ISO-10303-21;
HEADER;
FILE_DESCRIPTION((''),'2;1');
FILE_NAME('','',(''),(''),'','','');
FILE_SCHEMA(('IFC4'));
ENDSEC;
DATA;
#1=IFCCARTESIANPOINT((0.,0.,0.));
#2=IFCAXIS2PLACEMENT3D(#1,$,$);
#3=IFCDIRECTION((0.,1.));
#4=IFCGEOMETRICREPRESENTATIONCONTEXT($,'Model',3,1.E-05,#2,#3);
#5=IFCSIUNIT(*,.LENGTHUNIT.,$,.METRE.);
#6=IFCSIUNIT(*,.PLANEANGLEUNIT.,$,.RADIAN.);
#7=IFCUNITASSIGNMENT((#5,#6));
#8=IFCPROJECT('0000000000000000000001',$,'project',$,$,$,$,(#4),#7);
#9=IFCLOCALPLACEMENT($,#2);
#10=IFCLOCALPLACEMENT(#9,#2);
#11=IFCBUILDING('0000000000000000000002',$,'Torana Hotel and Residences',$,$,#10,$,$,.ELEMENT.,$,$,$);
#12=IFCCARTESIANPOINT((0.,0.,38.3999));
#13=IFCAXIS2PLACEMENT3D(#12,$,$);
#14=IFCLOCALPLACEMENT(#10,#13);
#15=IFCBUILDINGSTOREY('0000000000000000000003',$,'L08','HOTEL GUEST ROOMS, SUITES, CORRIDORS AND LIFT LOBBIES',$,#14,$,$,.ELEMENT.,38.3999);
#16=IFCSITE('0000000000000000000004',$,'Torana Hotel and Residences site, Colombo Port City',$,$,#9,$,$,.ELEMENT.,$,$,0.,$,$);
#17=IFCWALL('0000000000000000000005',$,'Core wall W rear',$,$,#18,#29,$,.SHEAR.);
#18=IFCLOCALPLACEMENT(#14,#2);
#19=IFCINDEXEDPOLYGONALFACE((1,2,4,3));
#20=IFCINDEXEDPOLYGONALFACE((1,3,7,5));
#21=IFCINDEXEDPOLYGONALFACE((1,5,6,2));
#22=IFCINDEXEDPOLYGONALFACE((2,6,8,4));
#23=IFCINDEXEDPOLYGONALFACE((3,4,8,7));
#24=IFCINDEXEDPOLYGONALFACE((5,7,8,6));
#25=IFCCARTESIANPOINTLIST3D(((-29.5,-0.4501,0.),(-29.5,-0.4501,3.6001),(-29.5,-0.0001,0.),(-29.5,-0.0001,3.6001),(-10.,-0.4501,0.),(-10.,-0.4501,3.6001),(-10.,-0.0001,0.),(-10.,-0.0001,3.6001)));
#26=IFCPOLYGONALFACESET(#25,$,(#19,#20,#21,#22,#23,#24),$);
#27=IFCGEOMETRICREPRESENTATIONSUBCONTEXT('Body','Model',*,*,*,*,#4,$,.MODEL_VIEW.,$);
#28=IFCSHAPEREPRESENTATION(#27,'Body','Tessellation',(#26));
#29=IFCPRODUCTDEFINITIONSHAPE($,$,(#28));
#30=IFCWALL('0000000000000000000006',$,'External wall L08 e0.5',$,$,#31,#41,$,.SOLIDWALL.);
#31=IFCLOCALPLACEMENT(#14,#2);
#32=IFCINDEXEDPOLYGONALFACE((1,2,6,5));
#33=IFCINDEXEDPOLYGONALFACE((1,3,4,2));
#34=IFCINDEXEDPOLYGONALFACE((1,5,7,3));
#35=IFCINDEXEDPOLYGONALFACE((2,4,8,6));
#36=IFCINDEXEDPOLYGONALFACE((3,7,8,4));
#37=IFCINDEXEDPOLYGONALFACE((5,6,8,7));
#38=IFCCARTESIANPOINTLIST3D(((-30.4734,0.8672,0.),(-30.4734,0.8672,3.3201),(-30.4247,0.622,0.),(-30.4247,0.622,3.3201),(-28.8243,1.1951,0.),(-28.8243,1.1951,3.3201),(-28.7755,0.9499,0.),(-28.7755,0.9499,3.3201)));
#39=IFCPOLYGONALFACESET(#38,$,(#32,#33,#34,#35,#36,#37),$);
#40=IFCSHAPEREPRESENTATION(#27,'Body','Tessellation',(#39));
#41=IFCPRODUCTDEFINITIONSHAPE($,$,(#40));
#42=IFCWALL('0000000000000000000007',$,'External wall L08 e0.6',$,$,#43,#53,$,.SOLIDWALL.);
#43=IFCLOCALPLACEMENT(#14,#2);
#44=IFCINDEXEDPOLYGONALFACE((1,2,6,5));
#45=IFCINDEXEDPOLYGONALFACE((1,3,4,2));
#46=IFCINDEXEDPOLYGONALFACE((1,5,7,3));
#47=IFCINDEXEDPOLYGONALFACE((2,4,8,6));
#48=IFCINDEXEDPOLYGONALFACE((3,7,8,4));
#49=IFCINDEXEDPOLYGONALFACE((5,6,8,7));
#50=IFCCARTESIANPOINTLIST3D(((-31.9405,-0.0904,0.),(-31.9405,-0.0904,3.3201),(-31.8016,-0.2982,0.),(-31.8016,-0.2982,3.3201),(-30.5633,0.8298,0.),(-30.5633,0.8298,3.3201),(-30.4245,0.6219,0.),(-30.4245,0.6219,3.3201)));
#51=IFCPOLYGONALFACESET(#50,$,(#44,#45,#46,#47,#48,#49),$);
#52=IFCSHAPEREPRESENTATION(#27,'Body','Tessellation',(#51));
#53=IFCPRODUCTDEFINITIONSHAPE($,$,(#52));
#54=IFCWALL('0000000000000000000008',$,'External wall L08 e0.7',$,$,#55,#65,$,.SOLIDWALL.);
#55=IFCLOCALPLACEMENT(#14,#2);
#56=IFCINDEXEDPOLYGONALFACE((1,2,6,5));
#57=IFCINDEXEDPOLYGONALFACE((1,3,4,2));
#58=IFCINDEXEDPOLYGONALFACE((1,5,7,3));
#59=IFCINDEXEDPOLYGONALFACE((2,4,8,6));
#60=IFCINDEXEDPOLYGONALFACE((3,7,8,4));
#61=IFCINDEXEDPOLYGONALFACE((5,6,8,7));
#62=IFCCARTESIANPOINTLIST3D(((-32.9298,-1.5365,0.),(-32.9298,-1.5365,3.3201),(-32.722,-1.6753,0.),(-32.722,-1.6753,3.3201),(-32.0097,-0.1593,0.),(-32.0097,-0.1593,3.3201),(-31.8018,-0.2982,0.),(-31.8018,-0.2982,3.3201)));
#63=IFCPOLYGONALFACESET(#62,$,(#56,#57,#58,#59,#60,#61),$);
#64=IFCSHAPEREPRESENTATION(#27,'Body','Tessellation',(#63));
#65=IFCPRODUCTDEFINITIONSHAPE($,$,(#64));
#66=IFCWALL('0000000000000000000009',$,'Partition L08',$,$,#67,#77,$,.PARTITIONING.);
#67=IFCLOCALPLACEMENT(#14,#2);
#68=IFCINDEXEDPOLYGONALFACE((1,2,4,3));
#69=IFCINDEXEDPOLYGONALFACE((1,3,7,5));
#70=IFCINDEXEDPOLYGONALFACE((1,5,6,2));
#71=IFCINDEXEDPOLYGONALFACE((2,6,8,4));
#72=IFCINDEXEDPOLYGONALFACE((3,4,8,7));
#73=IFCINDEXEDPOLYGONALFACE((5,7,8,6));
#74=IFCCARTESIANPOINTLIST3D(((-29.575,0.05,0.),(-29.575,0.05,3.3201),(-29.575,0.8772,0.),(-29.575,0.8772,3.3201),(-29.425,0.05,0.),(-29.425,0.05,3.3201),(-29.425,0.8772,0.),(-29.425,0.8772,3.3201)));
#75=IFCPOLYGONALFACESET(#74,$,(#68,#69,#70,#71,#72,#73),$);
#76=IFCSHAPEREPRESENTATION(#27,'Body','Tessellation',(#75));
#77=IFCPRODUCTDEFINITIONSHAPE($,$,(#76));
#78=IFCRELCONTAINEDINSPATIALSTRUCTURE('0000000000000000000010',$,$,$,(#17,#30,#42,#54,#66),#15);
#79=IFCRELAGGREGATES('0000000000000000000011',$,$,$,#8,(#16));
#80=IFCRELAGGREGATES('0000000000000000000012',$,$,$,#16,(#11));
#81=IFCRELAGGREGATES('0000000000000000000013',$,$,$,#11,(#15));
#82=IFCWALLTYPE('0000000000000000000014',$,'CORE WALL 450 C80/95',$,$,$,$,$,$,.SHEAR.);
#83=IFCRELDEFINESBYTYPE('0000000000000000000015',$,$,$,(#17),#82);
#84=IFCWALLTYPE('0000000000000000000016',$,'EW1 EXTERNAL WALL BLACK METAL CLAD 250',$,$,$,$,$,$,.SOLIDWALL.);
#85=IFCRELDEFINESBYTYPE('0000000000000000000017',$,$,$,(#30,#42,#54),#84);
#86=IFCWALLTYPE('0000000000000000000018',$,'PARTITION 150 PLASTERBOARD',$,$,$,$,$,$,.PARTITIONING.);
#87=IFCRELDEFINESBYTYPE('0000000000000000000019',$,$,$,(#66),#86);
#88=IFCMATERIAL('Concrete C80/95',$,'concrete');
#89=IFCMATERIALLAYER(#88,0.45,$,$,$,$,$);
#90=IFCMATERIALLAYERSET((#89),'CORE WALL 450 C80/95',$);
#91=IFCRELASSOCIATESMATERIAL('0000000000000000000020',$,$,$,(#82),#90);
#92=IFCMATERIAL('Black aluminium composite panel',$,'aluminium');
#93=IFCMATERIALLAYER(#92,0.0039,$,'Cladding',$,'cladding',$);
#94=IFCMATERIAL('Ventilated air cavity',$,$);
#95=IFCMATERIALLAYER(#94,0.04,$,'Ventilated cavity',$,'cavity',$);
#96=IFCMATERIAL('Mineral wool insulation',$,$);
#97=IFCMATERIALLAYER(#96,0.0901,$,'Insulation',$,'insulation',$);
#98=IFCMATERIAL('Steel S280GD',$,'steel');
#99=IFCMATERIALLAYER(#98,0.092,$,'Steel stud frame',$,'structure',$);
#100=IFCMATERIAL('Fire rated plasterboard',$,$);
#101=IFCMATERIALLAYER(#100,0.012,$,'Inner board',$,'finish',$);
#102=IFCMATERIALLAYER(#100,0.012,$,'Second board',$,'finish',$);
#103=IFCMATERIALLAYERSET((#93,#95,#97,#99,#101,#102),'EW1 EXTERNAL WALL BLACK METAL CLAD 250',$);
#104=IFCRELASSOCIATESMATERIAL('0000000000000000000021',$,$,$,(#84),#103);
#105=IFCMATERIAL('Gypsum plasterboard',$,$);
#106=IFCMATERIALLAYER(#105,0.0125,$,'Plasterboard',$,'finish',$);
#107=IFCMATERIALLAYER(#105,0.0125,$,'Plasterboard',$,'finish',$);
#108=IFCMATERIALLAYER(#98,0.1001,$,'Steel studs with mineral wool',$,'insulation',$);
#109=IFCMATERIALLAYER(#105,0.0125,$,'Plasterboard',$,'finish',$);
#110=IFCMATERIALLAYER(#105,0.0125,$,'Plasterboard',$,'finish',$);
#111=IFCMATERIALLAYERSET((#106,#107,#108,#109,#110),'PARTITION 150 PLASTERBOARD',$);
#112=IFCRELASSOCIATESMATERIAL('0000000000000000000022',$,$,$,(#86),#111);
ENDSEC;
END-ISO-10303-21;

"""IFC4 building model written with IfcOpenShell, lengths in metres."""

from ifc_helpers import new_model, si_unit, direction, frame, frame_2d, origin, place, context, subcontext, project, spatial, rectangle, extrude, material, layer, layer_set, type_object, element, save


model = new_model("IFC4")

# Units and contexts
model_context = context("Model", 3, precision=1e-05, world=origin(), true_north=direction((0.0, 1.0)))
body_context = subcontext(model_context, "Body", "Model", "MODEL_VIEW")
ifc_project = project(units=[si_unit("LENGTHUNIT", "METRE"), si_unit("PLANEANGLEUNIT", "RADIAN")], contexts=[model_context])

# Site, building, storey
site_placement = place(None, origin())
site = spatial("IfcSite", under=ifc_project, at=site_placement, Name="Torana Hotel and Residences site, Colombo Port City", CompositionType="ELEMENT", RefElevation=0.0)
building_placement = place(site_placement, origin())
building = spatial("IfcBuilding", under=site, at=building_placement, Name="Torana Hotel and Residences", CompositionType="ELEMENT")
storey_placement = place(building_placement, frame((0.0, 0.0, 38.3999)))
storey = spatial("IfcBuildingStorey", under=building, at=storey_placement, Name="L08", Description="HOTEL GUEST ROOMS, SUITES, CORRIDORS AND LIFT LOBBIES", CompositionType="ELEMENT", Elevation=38.3999)

# Walls
ifc_material_1 = material(Name="Concrete C80/95", Category="concrete")
ifc_layer_1 = layer(ifc_material_1, 0.45)
ifc_layer_set_1 = layer_set([ifc_layer_1], Name="CORE WALL 450 C80/95")
wall_type_1 = type_object("IfcWallType", Name="CORE WALL 450 C80/95", PredefinedType="SHEAR", material=ifc_layer_set_1)
wall_1_placement = place(storey_placement, frame((-29.5, -0.2251, 0.0), z_axis=(0.0, 0.0, 1.0), x_axis=(1.0, 0.0, 0.0)))
element("IfcWall", 1, at=wall_1_placement, inside=storey, type_object=wall_type_1, Name="Core wall W rear", PredefinedType="SHEAR", context=body_context, shape_type="SweptSolid", body=[
    extrude(rectangle(XDim=19.5, YDim=0.45, at=frame_2d((9.75, 0.0))), origin(), (0.0, 0.0, 1.0), 3.6001),
])
ifc_material_2 = material(Name="Black aluminium composite panel", Category="aluminium")
ifc_layer_2 = layer(ifc_material_2, 0.0039, Name="Cladding", Category="cladding")
ifc_material_3 = material(Name="Ventilated air cavity")
ifc_layer_3 = layer(ifc_material_3, 0.04, Name="Ventilated cavity", Category="cavity")
ifc_material_4 = material(Name="Mineral wool insulation")
ifc_layer_4 = layer(ifc_material_4, 0.0901, Name="Insulation", Category="insulation")
ifc_material_5 = material(Name="Steel S280GD", Category="steel")
ifc_layer_5 = layer(ifc_material_5, 0.092, Name="Steel stud frame", Category="structure")
ifc_material_6 = material(Name="Fire rated plasterboard")
ifc_layer_6 = layer(ifc_material_6, 0.012, Name="Inner board", Category="finish")
ifc_layer_7 = layer(ifc_material_6, 0.012, Name="Second board", Category="finish")
ifc_layer_set_2 = layer_set([ifc_layer_2, ifc_layer_3, ifc_layer_4, ifc_layer_5, ifc_layer_6, ifc_layer_7], Name="EW1 EXTERNAL WALL BLACK METAL CLAD 250")
wall_type_2 = type_object("IfcWallType", Name="EW1 EXTERNAL WALL BLACK METAL CLAD 250", PredefinedType="SOLIDWALL", material=ifc_layer_set_2)
wall_2_placement = place(storey_placement, frame((-28.7998, 1.0725, 0.0), z_axis=(0.0, 0.0, 1.0), x_axis=(-0.980803, -0.194999, 0.0)))
element("IfcWall", 2, at=wall_2_placement, inside=storey, type_object=wall_type_2, Name="External wall L08 e0.5", PredefinedType="SOLIDWALL", context=body_context, shape_type="SweptSolid", body=[
    extrude(rectangle(XDim=1.6814, YDim=0.25, at=frame_2d((0.8408, 0.0))), origin(), (0.0, 0.0, 1.0), 3.3201),
])
for number, where, z_axis, x_axis, name in (
    (3, (-30.4939, 0.7258, 0.0), (0.0, 0.0, 1.0), (-0.831483, -0.55555, 0.0), "External wall L08 e0.6"),
    (4, (-31.9058, -0.2288, 0.0), (0.0, 0.0, 1.0), (-0.55555, -0.831483, 0.0), "External wall L08 e0.7"),
):
    element("IfcWall", number, at=place(storey_placement, frame(where, z_axis=z_axis, x_axis=x_axis)), inside=storey, type_object=wall_type_2, Name=name, PredefinedType="SOLIDWALL", context=body_context, shape_type="SweptSolid", body=[
        extrude(rectangle(XDim=1.6562, YDim=0.25, at=frame_2d((0.8281, 0.0))), origin(), (0.0, 0.0, 1.0), 3.3201),
    ])
ifc_material_7 = material(Name="Gypsum plasterboard")
ifc_layer_8 = layer(ifc_material_7, 0.0125, Name="Plasterboard", Category="finish")
ifc_layer_9 = layer(ifc_material_7, 0.0125, Name="Plasterboard", Category="finish")
ifc_layer_10 = layer(ifc_material_5, 0.1001, Name="Steel studs with mineral wool", Category="insulation")
ifc_layer_11 = layer(ifc_material_7, 0.0125, Name="Plasterboard", Category="finish")
ifc_layer_12 = layer(ifc_material_7, 0.0125, Name="Plasterboard", Category="finish")
ifc_layer_set_3 = layer_set([ifc_layer_8, ifc_layer_9, ifc_layer_10, ifc_layer_11, ifc_layer_12], Name="PARTITION 150 PLASTERBOARD")
wall_type_3 = type_object("IfcWallType", Name="PARTITION 150 PLASTERBOARD", PredefinedType="PARTITIONING", material=ifc_layer_set_3)
wall_3_placement = place(storey_placement, frame((-29.5, 0.05, 0.0), z_axis=(0.0, 0.0, 1.0), x_axis=(0.0, 1.0, 0.0)))
element("IfcWall", 5, at=wall_3_placement, inside=storey, type_object=wall_type_3, Name="Partition L08", PredefinedType="PARTITIONING", context=body_context, shape_type="SweptSolid", body=[
    extrude(rectangle(XDim=0.8271, YDim=0.1499, at=frame_2d((0.4136, 0.0))), origin(), (0.0, 0.0, 1.0), 3.3201),
])

save(model, "model.ifc")
